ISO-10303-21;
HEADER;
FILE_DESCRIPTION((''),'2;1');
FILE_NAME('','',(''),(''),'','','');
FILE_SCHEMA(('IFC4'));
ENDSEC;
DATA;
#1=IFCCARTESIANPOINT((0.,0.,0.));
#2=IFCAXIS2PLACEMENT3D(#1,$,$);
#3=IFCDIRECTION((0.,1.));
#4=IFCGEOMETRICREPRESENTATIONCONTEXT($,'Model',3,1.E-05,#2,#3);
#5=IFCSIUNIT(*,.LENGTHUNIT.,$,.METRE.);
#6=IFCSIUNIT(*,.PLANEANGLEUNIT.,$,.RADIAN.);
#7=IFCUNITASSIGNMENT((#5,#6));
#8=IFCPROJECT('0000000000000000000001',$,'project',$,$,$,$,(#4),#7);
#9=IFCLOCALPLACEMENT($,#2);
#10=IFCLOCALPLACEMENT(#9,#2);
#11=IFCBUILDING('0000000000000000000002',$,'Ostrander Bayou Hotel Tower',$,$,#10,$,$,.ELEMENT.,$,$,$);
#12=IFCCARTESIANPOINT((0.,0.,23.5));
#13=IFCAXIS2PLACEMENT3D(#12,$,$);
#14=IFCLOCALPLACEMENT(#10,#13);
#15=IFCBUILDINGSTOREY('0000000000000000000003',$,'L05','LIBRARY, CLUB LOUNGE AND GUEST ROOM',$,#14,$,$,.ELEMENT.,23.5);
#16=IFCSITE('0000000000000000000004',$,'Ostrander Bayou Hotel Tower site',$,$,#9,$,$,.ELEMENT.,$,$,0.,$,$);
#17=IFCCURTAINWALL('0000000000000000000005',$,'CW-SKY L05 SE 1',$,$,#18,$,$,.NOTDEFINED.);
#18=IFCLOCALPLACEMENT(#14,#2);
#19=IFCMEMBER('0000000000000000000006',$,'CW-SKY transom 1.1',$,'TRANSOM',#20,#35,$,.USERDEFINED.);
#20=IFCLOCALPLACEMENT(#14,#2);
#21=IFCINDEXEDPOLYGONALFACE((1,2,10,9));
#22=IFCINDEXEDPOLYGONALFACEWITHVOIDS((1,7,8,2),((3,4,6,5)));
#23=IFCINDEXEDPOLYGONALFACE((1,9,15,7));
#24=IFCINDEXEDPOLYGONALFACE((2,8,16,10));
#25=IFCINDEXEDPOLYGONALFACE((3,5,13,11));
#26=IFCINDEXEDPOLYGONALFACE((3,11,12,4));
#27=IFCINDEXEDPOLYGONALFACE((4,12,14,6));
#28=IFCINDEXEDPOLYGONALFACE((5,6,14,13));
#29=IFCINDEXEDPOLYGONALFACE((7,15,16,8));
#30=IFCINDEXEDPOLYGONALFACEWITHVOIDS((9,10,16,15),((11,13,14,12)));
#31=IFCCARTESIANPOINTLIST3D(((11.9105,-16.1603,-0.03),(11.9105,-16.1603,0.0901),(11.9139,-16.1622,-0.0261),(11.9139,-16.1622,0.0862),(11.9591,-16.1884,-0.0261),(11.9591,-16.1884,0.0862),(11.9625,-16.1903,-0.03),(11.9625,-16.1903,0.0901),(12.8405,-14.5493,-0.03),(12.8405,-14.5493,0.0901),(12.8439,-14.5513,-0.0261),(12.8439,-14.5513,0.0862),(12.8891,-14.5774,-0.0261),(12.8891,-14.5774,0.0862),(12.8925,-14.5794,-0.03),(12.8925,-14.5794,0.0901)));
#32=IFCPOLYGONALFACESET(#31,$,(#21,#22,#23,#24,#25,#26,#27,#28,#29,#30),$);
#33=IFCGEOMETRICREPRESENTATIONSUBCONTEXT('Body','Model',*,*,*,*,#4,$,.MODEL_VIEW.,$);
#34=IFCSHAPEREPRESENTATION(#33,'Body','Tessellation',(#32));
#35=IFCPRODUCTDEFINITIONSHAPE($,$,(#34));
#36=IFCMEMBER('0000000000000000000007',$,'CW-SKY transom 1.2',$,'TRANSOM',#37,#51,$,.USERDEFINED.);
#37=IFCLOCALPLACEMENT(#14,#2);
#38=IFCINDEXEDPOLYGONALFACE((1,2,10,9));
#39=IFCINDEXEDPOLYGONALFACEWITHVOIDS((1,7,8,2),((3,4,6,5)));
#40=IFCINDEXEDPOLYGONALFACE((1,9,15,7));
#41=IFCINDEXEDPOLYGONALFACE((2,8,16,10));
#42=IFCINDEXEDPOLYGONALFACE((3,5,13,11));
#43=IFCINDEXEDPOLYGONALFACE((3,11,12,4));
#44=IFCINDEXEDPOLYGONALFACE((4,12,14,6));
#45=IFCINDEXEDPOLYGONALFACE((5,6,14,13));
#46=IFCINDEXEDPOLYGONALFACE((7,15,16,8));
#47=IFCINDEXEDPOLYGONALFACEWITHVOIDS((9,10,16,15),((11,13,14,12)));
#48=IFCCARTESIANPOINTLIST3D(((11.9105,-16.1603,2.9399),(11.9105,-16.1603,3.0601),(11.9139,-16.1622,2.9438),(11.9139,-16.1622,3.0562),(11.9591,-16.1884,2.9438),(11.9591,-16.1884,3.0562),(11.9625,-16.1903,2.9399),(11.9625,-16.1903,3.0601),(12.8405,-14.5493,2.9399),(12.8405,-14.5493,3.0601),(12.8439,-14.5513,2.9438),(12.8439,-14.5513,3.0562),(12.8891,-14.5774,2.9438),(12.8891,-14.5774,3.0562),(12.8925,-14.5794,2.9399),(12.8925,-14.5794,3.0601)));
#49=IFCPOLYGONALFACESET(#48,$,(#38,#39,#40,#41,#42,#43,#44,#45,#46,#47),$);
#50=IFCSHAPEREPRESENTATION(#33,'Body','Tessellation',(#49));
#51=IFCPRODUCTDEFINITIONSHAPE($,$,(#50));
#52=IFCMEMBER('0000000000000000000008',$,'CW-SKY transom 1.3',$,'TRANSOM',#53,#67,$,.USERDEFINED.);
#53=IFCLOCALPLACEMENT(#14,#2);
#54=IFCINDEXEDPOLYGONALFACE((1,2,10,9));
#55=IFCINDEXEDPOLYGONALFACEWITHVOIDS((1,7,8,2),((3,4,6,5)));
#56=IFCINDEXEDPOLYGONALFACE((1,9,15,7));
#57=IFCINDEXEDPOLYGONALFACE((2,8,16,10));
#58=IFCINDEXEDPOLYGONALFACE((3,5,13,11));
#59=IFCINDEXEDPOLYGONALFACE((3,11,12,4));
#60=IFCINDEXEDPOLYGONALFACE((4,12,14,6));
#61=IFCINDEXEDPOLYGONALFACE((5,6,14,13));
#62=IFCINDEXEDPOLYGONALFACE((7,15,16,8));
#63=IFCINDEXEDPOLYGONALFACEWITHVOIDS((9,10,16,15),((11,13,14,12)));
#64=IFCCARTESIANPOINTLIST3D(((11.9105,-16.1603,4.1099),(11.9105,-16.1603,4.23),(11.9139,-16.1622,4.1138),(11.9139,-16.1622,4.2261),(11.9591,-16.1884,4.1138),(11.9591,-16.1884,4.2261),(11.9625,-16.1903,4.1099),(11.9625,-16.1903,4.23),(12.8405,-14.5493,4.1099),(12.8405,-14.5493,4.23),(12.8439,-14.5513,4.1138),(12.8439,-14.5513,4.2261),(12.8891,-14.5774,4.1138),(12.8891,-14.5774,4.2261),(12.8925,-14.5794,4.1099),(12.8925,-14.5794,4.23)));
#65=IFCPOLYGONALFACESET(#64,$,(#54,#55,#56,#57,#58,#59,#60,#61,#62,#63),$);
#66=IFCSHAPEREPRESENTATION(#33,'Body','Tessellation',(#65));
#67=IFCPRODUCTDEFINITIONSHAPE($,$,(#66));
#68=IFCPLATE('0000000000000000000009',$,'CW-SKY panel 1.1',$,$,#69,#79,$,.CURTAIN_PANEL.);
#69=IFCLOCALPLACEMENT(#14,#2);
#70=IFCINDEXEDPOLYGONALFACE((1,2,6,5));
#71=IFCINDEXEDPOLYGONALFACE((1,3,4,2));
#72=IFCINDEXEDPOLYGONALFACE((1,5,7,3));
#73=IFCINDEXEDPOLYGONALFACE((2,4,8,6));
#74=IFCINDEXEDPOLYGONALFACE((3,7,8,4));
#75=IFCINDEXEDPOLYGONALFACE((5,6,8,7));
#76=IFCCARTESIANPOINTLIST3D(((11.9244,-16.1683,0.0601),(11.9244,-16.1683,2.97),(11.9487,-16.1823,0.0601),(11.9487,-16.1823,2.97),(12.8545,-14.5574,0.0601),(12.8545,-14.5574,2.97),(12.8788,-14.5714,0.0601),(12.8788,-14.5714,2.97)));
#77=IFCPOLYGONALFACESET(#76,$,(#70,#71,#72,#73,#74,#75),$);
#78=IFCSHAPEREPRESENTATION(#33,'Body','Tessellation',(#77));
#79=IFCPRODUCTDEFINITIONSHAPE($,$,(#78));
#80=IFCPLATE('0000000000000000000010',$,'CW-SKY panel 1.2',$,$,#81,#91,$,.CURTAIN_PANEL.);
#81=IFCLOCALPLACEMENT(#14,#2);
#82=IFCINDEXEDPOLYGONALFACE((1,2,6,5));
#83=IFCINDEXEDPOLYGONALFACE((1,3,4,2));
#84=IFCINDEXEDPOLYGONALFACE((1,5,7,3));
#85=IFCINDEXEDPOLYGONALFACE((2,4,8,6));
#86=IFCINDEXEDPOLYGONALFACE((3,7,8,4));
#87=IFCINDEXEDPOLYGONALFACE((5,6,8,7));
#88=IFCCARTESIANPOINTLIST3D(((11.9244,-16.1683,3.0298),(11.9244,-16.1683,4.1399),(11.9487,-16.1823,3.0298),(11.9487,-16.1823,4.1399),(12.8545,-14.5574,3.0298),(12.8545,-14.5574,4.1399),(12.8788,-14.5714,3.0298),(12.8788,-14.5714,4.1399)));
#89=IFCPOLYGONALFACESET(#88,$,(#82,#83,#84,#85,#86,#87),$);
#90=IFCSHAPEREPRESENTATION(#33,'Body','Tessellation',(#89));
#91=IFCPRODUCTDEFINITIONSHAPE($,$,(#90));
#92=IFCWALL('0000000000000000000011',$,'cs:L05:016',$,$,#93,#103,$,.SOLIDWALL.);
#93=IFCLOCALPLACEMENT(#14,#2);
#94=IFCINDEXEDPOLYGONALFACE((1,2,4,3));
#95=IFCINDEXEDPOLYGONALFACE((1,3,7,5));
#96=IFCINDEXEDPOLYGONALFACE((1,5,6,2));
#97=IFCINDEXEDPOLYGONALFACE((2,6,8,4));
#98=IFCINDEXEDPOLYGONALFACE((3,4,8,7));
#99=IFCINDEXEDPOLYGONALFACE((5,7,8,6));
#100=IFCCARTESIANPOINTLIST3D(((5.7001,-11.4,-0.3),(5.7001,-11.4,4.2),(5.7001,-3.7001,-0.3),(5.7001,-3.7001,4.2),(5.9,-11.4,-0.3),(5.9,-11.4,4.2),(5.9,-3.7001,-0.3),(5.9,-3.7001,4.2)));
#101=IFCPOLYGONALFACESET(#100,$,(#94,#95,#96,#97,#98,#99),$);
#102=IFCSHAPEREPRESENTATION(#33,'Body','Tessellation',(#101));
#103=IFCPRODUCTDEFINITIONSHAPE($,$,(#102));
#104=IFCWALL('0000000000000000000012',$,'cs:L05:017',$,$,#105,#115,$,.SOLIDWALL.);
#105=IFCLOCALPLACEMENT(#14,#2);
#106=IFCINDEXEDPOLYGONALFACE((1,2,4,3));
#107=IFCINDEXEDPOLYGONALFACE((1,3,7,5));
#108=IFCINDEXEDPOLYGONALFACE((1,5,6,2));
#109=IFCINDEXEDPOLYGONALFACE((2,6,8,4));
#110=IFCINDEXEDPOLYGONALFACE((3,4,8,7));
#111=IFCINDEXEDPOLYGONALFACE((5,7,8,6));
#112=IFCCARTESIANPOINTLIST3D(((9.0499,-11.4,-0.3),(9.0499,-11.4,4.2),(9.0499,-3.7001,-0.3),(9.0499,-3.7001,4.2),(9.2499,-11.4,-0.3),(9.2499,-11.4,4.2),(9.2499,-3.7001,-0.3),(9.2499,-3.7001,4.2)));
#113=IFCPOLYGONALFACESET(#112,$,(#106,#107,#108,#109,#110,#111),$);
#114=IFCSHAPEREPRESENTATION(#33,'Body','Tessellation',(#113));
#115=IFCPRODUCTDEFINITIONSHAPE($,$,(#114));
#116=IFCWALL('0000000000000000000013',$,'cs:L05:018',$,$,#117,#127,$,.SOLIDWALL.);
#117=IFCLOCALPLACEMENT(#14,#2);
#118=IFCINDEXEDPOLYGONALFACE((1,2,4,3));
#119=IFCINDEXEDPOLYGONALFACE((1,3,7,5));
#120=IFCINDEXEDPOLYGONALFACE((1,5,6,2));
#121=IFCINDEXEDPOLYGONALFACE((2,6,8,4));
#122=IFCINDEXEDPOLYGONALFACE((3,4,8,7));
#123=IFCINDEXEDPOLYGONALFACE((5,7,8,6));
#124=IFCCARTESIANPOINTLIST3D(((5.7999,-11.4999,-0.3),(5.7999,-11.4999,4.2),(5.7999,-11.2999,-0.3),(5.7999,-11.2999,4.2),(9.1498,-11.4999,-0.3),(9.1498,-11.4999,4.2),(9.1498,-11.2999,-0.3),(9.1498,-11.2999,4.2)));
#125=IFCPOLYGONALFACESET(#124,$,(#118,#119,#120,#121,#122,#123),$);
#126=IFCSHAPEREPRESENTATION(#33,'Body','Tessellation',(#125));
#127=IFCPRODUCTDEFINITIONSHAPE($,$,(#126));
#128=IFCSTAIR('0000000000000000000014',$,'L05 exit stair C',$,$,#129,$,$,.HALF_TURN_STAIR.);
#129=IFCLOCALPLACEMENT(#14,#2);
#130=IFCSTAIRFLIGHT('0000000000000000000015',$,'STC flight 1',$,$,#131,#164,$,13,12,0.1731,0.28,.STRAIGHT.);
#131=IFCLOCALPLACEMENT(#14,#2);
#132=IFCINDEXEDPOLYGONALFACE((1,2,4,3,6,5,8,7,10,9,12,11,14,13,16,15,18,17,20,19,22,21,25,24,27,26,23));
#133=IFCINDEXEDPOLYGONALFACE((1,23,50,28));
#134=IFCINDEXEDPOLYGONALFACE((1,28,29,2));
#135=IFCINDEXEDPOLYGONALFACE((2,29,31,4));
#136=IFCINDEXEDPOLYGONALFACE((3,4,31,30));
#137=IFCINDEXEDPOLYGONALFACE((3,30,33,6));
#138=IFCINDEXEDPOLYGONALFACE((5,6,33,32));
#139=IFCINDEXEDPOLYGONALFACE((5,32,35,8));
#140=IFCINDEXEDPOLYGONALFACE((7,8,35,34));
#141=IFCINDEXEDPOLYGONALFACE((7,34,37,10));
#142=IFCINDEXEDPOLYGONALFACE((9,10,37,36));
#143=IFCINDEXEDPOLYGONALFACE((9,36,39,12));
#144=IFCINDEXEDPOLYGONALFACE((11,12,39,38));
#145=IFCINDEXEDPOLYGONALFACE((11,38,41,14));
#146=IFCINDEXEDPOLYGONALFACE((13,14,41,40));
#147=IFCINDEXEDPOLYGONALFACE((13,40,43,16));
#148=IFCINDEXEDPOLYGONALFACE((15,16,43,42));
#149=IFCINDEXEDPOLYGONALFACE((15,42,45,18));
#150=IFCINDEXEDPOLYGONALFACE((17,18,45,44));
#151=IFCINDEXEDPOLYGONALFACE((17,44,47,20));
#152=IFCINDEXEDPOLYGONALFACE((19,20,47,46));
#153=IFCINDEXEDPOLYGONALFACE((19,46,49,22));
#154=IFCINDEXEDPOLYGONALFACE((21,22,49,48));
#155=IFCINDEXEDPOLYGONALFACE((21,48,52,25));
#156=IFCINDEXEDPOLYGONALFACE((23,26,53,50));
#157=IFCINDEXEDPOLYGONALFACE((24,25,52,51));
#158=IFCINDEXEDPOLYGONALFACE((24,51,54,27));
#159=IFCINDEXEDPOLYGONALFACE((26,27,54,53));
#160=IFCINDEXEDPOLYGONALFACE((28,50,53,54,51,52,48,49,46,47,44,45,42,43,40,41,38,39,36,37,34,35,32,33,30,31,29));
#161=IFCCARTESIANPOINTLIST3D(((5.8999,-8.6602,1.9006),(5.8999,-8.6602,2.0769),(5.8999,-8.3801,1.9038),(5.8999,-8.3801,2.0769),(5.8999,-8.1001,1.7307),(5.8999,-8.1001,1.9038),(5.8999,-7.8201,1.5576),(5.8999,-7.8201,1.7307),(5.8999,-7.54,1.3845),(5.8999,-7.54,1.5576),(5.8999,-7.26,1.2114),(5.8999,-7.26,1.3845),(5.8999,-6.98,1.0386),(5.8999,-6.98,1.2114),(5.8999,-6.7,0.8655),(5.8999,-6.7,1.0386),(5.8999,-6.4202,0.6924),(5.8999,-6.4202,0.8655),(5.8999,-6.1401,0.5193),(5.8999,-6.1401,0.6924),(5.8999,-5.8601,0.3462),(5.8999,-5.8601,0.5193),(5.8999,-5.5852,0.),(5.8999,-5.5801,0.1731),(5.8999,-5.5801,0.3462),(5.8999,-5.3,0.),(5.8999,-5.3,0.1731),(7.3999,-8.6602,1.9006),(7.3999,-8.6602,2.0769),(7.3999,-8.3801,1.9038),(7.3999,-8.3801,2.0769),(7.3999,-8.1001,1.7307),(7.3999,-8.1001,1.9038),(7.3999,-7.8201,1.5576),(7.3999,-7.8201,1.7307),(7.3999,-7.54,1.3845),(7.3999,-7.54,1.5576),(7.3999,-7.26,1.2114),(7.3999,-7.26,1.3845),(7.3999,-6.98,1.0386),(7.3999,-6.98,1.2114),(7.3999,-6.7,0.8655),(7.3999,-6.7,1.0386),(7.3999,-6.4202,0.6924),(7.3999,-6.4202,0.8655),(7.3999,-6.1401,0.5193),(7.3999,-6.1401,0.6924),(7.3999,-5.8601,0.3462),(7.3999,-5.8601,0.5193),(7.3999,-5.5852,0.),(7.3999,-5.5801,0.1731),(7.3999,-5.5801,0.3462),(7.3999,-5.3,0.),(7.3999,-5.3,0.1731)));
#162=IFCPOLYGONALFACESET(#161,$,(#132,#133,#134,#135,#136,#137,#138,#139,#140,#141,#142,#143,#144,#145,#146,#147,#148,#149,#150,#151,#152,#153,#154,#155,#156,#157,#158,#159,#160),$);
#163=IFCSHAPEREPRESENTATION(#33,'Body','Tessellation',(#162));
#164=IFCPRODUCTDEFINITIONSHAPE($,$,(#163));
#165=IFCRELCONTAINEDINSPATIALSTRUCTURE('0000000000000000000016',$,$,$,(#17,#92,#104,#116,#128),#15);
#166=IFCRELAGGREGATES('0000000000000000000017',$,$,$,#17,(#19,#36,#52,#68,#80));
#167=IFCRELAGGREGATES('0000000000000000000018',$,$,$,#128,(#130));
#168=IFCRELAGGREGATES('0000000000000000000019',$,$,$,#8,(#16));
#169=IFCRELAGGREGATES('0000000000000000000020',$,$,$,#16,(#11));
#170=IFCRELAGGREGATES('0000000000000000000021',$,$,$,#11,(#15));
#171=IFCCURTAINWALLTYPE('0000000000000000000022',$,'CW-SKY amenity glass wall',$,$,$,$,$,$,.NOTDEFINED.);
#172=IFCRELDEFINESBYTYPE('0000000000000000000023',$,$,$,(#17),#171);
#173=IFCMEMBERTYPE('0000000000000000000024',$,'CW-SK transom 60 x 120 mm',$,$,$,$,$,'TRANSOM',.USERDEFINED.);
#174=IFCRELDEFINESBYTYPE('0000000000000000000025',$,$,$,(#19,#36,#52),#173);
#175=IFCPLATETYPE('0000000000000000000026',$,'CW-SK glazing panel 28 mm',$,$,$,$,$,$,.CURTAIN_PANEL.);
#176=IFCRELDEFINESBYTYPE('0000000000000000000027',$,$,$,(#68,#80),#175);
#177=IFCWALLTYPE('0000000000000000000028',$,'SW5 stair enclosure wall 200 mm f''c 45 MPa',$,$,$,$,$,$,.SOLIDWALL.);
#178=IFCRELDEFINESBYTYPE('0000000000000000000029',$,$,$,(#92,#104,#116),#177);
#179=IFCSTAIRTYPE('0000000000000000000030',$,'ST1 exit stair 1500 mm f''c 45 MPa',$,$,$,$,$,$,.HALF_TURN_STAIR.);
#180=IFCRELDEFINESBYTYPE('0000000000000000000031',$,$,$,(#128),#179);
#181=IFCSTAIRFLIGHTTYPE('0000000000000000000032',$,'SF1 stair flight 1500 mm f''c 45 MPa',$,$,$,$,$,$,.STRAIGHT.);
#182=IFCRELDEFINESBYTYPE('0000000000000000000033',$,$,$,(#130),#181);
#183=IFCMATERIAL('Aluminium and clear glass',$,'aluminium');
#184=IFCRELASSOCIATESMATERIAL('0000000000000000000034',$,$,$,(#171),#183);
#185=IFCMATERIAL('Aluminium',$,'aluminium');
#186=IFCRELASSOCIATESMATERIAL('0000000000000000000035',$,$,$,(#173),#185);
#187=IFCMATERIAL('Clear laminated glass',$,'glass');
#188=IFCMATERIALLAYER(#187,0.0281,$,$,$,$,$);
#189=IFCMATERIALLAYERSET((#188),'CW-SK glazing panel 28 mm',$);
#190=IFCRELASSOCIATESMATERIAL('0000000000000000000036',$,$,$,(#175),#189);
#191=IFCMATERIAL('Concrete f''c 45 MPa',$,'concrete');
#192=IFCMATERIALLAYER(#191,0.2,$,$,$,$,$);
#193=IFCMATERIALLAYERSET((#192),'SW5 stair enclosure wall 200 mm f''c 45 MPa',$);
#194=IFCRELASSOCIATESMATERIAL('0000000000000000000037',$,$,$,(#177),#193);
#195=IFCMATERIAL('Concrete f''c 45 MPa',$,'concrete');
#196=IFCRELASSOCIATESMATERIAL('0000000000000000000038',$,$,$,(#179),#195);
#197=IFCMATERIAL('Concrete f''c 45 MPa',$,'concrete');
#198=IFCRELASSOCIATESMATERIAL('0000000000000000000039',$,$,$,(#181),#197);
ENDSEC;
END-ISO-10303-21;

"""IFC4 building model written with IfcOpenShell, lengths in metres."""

from ifc_helpers import new_model, si_unit, direction, frame, frame_2d, origin, origin_2d, place, context, subcontext, project, spatial, polyline, rectangle, hollow_rectangle, outline, extrude, material, layer, layer_set, material_profile, profile_set, type_object, element, aggregate, save


model = new_model("IFC4")

# Units and contexts
model_context = context("Model", 3, precision=1e-05, world=origin(), true_north=direction((0.0, 1.0)))
body_context = subcontext(model_context, "Body", "Model", "MODEL_VIEW")
ifc_project = project(units=[si_unit("LENGTHUNIT", "METRE"), si_unit("PLANEANGLEUNIT", "RADIAN")], contexts=[model_context])

# Site, building, storey
site_placement = place(None, origin())
site = spatial("IfcSite", under=ifc_project, at=site_placement, Name="Ostrander Bayou Hotel Tower site", CompositionType="ELEMENT", RefElevation=0.0)
building_placement = place(site_placement, origin())
building = spatial("IfcBuilding", under=site, at=building_placement, Name="Ostrander Bayou Hotel Tower", CompositionType="ELEMENT")
storey_placement = place(building_placement, frame((0.0, 0.0, 23.5)))
storey = spatial("IfcBuildingStorey", under=building, at=storey_placement, Name="L05", Description="LIBRARY, CLUB LOUNGE AND GUEST ROOM", CompositionType="ELEMENT", Elevation=23.5)

# Curtain wall, members, plates
ifc_material_1 = material(Name="Aluminium and clear glass", Category="aluminium")
curtain_wall_type = type_object("IfcCurtainWallType", Name="CW-SKY amenity glass wall", PredefinedType="NOTDEFINED", material=ifc_material_1)
curtain_wall_placement = place(storey_placement, origin())
curtain_wall = element("IfcCurtainWall", 1, at=curtain_wall_placement, inside=storey, type_object=curtain_wall_type, Name="CW-SKY L05 SE 1", PredefinedType="NOTDEFINED")
ifc_material_2 = material(Name="Aluminium", Category="aluminium")
ifc_material_profile = material_profile(ifc_material_2, hollow_rectangle(XDim=0.0601, YDim=0.1201, WallThickness=0.0039, at=origin_2d()))
ifc_profile_set = profile_set([ifc_material_profile], Name="Aluminium")
member_type = type_object("IfcMemberType", Name="CW-SK transom 60 x 120 mm", ElementType="TRANSOM", PredefinedType="USERDEFINED", material=ifc_profile_set)
member_1_placement = place(storey_placement, frame((11.9365, -16.1753, 0.03), z_axis=(0.499965, 0.866046, 0.0), x_axis=(-0.866046, 0.499965, 0.0)))
member_1 = element("IfcMember", 2, at=member_1_placement, type_object=member_type, Name="CW-SKY transom 1.1", ObjectType="TRANSOM", PredefinedType="USERDEFINED", context=body_context, shape_type="SweptSolid", body=[
    extrude(hollow_rectangle(XDim=0.0601, YDim=0.1201, WallThickness=0.0039, at=origin_2d()), origin(), (0.0, 0.0, 1.0), 1.8601),
])
member_2_placement = place(storey_placement, frame((11.9365, -16.1753, 3.0), z_axis=(0.499965, 0.866046, 0.0), x_axis=(-0.866046, 0.499965, 0.0)))
member_2 = element("IfcMember", 3, at=member_2_placement, type_object=member_type, Name="CW-SKY transom 1.2", ObjectType="TRANSOM", PredefinedType="USERDEFINED", context=body_context, shape_type="SweptSolid", body=[
    extrude(hollow_rectangle(XDim=0.0601, YDim=0.1201, WallThickness=0.0039, at=origin_2d()), origin(), (0.0, 0.0, 1.0), 1.8601),
])
member_3_placement = place(storey_placement, frame((11.9365, -16.1753, 4.1699), z_axis=(0.499965, 0.866046, 0.0), x_axis=(-0.866046, 0.499965, 0.0)))
member_3 = element("IfcMember", 4, at=member_3_placement, type_object=member_type, Name="CW-SKY transom 1.3", ObjectType="TRANSOM", PredefinedType="USERDEFINED", context=body_context, shape_type="SweptSolid", body=[
    extrude(hollow_rectangle(XDim=0.0601, YDim=0.1201, WallThickness=0.0039, at=origin_2d()), origin(), (0.0, 0.0, 1.0), 1.8601),
])
ifc_material_3 = material(Name="Clear laminated glass", Category="glass")
ifc_layer_1 = layer(ifc_material_3, 0.0281)
ifc_layer_set_1 = layer_set([ifc_layer_1], Name="CW-SK glazing panel 28 mm")
plate_type = type_object("IfcPlateType", Name="CW-SK glazing panel 28 mm", PredefinedType="CURTAIN_PANEL", material=ifc_layer_set_1)
plate_1_placement = place(storey_placement, frame((12.4016, -15.3699, 0.0601), z_axis=(0.0, 0.0, 1.0), x_axis=(0.5, 0.866025, 0.0)))
plate_1 = element("IfcPlate", 5, at=plate_1_placement, type_object=plate_type, Name="CW-SKY panel 1.1", PredefinedType="CURTAIN_PANEL", context=body_context, shape_type="SweptSolid", body=[
    extrude(rectangle(XDim=1.8601, YDim=0.0281, at=origin_2d()), origin(), (0.0, 0.0, 1.0), 2.9099),
])
plate_2_placement = place(storey_placement, frame((12.4016, -15.3699, 3.0298), z_axis=(0.0, 0.0, 1.0), x_axis=(0.5, 0.866025, 0.0)))
plate_2 = element("IfcPlate", 6, at=plate_2_placement, type_object=plate_type, Name="CW-SKY panel 1.2", PredefinedType="CURTAIN_PANEL", context=body_context, shape_type="SweptSolid", body=[
    extrude(rectangle(XDim=1.8601, YDim=0.0281, at=origin_2d()), origin(), (0.0, 0.0, 1.0), 1.1101),
])
aggregate(curtain_wall, [member_1, member_2, member_3, plate_1, plate_2])

# Shared definitions
ifc_material_4 = material(Name="Concrete f'c 45 MPa", Category="concrete")
ifc_layer_2 = layer(ifc_material_4, 0.2)
ifc_layer_set_2 = layer_set([ifc_layer_2], Name="SW5 stair enclosure wall 200 mm f'c 45 MPa")
wall_type_1 = type_object("IfcWallType", Name="SW5 stair enclosure wall 200 mm f'c 45 MPa", PredefinedType="SOLIDWALL", material=ifc_layer_set_2)

# Walls
for number, where, z_axis, x_axis, name in (
    (7, (5.8, -3.7, -0.3), (0.0, 0.0, 1.0), (0.0, -1.0, 0.0), "cs:L05:016"),
    (8, (9.1499, -3.7, -0.3), (0.0, 0.0, 1.0), (0.0, -1.0, 0.0), "cs:L05:017"),
):
    element("IfcWall", number, at=place(storey_placement, frame(where, z_axis=z_axis, x_axis=x_axis)), inside=storey, type_object=wall_type_1, Name=name, PredefinedType="SOLIDWALL", context=body_context, shape_type="SweptSolid", body=[
        extrude(rectangle(XDim=7.7, YDim=0.2, at=frame_2d((3.8501, 0.0))), origin(), (0.0, 0.0, 1.0), 4.5),
    ])
wall_1_placement = place(storey_placement, frame((5.8, -11.3999, -0.3), z_axis=(0.0, 0.0, 1.0), x_axis=(1.0, 0.0, 0.0)))
element("IfcWall", 9, at=wall_1_placement, inside=storey, type_object=wall_type_1, Name="cs:L05:018", PredefinedType="SOLIDWALL", context=body_context, shape_type="SweptSolid", body=[
    extrude(rectangle(XDim=3.3499, YDim=0.2, at=frame_2d((1.6748, 0.0))), origin(), (0.0, 0.0, 1.0), 4.5),
])

# Stair, stair flight
ifc_material_5 = material(Name="Concrete f'c 45 MPa", Category="concrete")
stair_type = type_object("IfcStairType", Name="ST1 exit stair 1500 mm f'c 45 MPa", PredefinedType="HALF_TURN_STAIR", material=ifc_material_5)
stair_placement = place(storey_placement, origin())
stair = element("IfcStair", 10, at=stair_placement, inside=storey, type_object=stair_type, Name="L05 exit stair C", PredefinedType="HALF_TURN_STAIR")
ifc_material_6 = material(Name="Concrete f'c 45 MPa", Category="concrete")
stair_flight_type = type_object("IfcStairFlightType", Name="SF1 stair flight 1500 mm f'c 45 MPa", PredefinedType="STRAIGHT", material=ifc_material_6)
stair_flight_1_placement = place(storey_placement, frame((6.6499, -5.3, 0.0), z_axis=(0.0, 0.0, 1.0), x_axis=(0.0, -1.0, 0.0)))
stair_flight_1 = element("IfcStairFlight", 11, at=stair_flight_1_placement, type_object=stair_flight_type, Name="STC flight 1", NumberOfRisers=13, NumberOfTreads=12, PredefinedType="STRAIGHT", RiserHeight=0.1731, TreadLength=0.28, context=body_context, shape_type="SweptSolid", body=[
    extrude(outline(polyline([(0.0, 0.0), (0.0, 0.1731), (0.28, 0.1731), (0.28, 0.3462), (0.5601, 0.3462), (0.5601, 0.5193), (0.8401, 0.5193), (0.8401, 0.6924), (1.1201, 0.6924), (1.1201, 0.8655), (1.3999, 0.8655), (1.3999, 1.0386), (1.6799, 1.0386), (1.6799, 1.2114), (1.96, 1.2114), (1.96, 1.3845), (2.24, 1.3845), (2.24, 1.5576), (2.52, 1.5576), (2.52, 1.7307), (2.8, 1.7307), (2.8, 1.9038), (3.0801, 1.9038), (3.0801, 2.0769), (3.3601, 2.0769), (3.3601, 2.25), (3.3601, 1.9006), (0.2852, 0.0), (0.0, 0.0)])), frame((0.0, 0.75, 0.0), z_axis=(0.0, -1.0, 0.0), x_axis=(1.0, 0.0, 0.0)), (0.0, 0.0, 1.0), 1.5),
])
aggregate(stair, [stair_flight_1])

save(model, "model.ifc")
